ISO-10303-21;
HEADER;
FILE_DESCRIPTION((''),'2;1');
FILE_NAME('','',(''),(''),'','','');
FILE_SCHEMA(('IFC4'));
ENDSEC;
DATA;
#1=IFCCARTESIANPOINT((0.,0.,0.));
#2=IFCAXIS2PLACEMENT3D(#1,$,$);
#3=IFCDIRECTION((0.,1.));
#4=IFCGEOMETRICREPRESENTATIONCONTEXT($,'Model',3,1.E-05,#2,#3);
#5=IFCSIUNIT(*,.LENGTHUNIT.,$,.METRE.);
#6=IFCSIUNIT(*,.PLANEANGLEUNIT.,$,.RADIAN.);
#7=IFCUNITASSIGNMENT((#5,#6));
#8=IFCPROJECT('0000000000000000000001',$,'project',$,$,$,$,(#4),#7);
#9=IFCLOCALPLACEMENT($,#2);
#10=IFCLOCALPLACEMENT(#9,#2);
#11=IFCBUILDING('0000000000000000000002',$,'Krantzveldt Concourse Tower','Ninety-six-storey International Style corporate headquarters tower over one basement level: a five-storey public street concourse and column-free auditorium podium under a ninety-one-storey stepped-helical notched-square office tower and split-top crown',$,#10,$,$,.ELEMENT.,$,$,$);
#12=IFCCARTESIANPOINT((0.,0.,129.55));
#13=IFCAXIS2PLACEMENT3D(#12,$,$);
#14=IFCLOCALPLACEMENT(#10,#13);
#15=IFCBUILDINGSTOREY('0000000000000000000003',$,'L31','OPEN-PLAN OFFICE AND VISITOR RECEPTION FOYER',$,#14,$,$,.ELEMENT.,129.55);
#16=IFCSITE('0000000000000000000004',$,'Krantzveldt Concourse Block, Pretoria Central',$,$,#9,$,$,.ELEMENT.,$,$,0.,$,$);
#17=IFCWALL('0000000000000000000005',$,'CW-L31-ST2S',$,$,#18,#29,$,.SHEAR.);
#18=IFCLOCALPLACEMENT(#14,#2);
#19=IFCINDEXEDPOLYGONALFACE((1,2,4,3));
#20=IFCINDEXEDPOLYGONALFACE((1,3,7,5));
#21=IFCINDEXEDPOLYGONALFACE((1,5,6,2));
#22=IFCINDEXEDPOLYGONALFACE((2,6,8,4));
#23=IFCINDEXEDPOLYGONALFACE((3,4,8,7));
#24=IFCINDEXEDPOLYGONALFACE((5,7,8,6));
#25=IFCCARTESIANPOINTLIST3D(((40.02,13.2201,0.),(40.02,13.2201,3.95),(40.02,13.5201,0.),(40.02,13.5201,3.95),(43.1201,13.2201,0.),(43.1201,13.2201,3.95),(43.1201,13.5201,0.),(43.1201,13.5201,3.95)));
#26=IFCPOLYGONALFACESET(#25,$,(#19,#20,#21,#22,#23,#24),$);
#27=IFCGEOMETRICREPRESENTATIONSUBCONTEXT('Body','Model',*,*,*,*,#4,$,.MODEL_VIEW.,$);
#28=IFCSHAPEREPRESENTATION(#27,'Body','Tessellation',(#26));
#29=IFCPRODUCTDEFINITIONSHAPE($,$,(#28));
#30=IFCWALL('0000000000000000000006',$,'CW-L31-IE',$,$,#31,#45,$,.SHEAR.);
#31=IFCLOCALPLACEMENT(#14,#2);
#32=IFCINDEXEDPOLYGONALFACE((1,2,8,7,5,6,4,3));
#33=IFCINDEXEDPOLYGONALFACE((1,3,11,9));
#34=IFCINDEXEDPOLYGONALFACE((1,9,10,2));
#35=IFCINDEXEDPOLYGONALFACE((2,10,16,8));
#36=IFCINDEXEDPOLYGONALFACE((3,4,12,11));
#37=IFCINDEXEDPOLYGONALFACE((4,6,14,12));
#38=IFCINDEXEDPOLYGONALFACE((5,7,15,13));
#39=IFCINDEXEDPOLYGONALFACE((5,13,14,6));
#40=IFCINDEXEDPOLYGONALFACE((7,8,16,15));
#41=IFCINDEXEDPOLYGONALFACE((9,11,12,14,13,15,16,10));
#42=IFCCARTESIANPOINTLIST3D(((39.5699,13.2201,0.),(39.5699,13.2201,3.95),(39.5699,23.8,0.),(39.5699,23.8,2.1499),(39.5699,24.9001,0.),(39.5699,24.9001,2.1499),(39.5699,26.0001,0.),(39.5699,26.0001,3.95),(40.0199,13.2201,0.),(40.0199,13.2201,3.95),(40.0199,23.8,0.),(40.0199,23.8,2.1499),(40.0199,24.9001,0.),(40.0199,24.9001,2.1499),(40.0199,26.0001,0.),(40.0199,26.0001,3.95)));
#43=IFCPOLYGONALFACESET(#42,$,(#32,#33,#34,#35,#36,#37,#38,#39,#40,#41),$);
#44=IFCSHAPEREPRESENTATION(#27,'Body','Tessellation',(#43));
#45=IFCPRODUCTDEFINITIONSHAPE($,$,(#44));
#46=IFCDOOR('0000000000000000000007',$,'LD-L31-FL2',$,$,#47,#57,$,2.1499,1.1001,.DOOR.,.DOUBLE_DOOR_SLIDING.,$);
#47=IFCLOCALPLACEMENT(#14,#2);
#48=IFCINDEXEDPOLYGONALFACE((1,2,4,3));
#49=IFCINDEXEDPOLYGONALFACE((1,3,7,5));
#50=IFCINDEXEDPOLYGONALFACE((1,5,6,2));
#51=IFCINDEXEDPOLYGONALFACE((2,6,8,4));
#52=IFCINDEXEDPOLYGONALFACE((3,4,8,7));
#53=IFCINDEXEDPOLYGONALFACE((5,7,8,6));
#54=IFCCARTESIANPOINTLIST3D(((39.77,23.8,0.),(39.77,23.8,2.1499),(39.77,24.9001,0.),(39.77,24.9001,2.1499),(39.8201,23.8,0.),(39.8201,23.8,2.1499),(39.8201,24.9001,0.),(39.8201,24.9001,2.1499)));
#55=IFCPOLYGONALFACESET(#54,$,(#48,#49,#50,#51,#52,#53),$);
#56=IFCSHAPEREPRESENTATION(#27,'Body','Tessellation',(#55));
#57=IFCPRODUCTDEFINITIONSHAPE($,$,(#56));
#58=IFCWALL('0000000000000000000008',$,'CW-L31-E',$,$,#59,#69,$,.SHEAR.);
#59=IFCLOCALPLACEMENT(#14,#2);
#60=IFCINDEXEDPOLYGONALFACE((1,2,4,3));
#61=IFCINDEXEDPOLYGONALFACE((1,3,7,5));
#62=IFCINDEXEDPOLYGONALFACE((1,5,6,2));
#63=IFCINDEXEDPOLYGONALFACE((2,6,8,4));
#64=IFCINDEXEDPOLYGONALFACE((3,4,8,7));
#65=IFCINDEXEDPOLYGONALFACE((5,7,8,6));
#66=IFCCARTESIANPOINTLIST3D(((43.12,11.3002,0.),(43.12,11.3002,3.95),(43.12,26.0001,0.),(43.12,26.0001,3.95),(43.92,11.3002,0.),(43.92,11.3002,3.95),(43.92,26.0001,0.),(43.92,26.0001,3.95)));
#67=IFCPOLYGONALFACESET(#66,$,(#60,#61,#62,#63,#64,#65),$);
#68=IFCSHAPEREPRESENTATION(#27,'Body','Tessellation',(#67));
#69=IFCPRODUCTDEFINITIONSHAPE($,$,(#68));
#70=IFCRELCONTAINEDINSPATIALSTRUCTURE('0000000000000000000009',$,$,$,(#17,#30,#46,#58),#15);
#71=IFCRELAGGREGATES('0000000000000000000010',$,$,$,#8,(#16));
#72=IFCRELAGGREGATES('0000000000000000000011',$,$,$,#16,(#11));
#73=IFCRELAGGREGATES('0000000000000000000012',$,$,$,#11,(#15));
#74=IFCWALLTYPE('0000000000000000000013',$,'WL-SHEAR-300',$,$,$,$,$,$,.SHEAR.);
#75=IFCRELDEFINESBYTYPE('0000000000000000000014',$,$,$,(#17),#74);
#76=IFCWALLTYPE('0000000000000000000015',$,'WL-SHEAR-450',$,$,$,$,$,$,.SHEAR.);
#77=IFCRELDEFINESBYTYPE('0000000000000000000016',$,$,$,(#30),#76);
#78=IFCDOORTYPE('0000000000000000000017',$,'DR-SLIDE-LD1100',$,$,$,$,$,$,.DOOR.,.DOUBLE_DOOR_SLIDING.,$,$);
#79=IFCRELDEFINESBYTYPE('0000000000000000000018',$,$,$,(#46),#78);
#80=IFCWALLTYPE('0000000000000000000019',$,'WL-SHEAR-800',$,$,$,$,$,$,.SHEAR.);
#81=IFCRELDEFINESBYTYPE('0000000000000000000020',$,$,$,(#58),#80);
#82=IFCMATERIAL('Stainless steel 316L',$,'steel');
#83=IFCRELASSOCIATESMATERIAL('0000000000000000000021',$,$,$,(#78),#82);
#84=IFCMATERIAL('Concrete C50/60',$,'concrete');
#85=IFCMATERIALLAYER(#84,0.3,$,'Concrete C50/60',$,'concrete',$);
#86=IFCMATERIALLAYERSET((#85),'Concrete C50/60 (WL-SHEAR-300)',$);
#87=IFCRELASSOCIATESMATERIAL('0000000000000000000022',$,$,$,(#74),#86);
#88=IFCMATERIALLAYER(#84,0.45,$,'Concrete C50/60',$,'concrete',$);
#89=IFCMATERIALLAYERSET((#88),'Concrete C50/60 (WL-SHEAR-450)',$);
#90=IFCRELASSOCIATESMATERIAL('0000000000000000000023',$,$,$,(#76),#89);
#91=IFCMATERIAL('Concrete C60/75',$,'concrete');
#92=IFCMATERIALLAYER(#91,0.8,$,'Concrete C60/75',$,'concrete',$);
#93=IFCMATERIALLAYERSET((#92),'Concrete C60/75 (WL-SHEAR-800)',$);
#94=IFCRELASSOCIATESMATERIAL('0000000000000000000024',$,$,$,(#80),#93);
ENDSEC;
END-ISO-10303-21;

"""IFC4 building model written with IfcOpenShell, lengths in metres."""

from ifc_helpers import new_model, si_unit, direction, frame, frame_2d, origin, place, context, subcontext, project, spatial, rectangle, extrude, material, layer, layer_set, type_object, element, fill, save


model = new_model("IFC4")

# Units and contexts
model_context = context("Model", 3, precision=1e-05, world=origin(), true_north=direction((0.0, 1.0)))
body_context = subcontext(model_context, "Body", "Model", "MODEL_VIEW")
ifc_project = project(units=[si_unit("LENGTHUNIT", "METRE"), si_unit("PLANEANGLEUNIT", "RADIAN")], contexts=[model_context])

# Site, building, storey
site_placement = place(None, origin())
site = spatial("IfcSite", under=ifc_project, at=site_placement, Name="Krantzveldt Concourse Block, Pretoria Central", CompositionType="ELEMENT", RefElevation=0.0)
building_placement = place(site_placement, origin())
building = spatial("IfcBuilding", under=site, at=building_placement, Name="Krantzveldt Concourse Tower", Description="Ninety-six-storey International Style corporate headquarters tower over one basement level: a five-storey public street concourse and column-free auditorium podium under a ninety-one-storey stepped-helical notched-square office tower and split-top crown", CompositionType="ELEMENT")
storey_placement = place(building_placement, frame((0.0, 0.0, 129.55)))
storey = spatial("IfcBuildingStorey", under=building, at=storey_placement, Name="L31", Description="OPEN-PLAN OFFICE AND VISITOR RECEPTION FOYER", CompositionType="ELEMENT", Elevation=129.55)

# Shared definitions
ifc_material_1 = material(Name="Stainless steel 316L", Category="steel")
door_type_1 = type_object("IfcDoorType", Name="DR-SLIDE-LD1100", OperationType="DOUBLE_DOOR_SLIDING", PredefinedType="DOOR", material=ifc_material_1)

# Wall
ifc_material_2 = material(Name="Concrete C50/60", Category="concrete")
ifc_layer_1 = layer(ifc_material_2, 0.3, Name="Concrete C50/60", Category="concrete")
ifc_layer_set_1 = layer_set([ifc_layer_1], Name="Concrete C50/60 (WL-SHEAR-300)")
wall_type_1 = type_object("IfcWallType", Name="WL-SHEAR-300", PredefinedType="SHEAR", material=ifc_layer_set_1)
wall_1_placement = place(storey_placement, frame((40.02, 13.3701, 0.0), z_axis=(0.0, 0.0, 1.0), x_axis=(1.0, 0.0, 0.0)))
element("IfcWall", 1, at=wall_1_placement, inside=storey, type_object=wall_type_1, Name="CW-L31-ST2S", PredefinedType="SHEAR", context=body_context, shape_type="SweptSolid", body=[
    extrude(rectangle(XDim=3.1001, YDim=0.3, at=frame_2d((1.55, 0.0))), origin(), (0.0, 0.0, 1.0), 3.95),
])

# Wall, opening, door
ifc_layer_2 = layer(ifc_material_2, 0.45, Name="Concrete C50/60", Category="concrete")
ifc_layer_set_2 = layer_set([ifc_layer_2], Name="Concrete C50/60 (WL-SHEAR-450)")
wall_type_2 = type_object("IfcWallType", Name="WL-SHEAR-450", PredefinedType="SHEAR", material=ifc_layer_set_2)
wall_2_placement = place(storey_placement, frame((39.7949, 13.22, 0.0), z_axis=(0.0, 0.0, 1.0), x_axis=(0.0, 1.0, 0.0)))
wall_2 = element("IfcWall", 2, at=wall_2_placement, inside=storey, type_object=wall_type_2, Name="CW-L31-IE", PredefinedType="SHEAR", context=body_context, shape_type="SweptSolid", body=[
    extrude(rectangle(XDim=12.78, YDim=0.45, at=frame_2d((6.3901, 0.0))), origin(), (0.0, 0.0, 1.0), 3.95),
])
opening_1_placement = place(wall_2_placement, frame((10.5801, 0.0, 0.0)))
opening_1 = element("IfcOpeningElement", 3, at=opening_1_placement, cuts=wall_2, PredefinedType="OPENING", context=body_context, shape_type="SweptSolid", body=[
    extrude(rectangle(XDim=1.1001, YDim=2.1499, at=frame_2d((0.55, 1.075))), frame((0.0, 0.2349, 0.0), z_axis=(0.0, -1.0, 0.0), x_axis=(1.0, 0.0, 0.0)), (0.0, 0.0, 1.0), 0.47),
])
door_1_placement = place(opening_1_placement, origin())
door_1 = element("IfcDoor", 4, at=door_1_placement, inside=storey, type_object=door_type_1, Name="LD-L31-FL2", OperationType="DOUBLE_DOOR_SLIDING", OverallHeight=2.1499, OverallWidth=1.1001, PredefinedType="DOOR", context=body_context, shape_type="SweptSolid", body=[
    extrude(rectangle(XDim=1.1001, YDim=2.1499, at=frame_2d((0.55, 1.075))), frame((0.0, 0.0249, 0.0), z_axis=(0.0, -1.0, 0.0), x_axis=(1.0, 0.0, 0.0)), (0.0, 0.0, 1.0), 0.05),
])
fill(opening_1, door_1)

# Wall
ifc_material_3 = material(Name="Concrete C60/75", Category="concrete")
ifc_layer_3 = layer(ifc_material_3, 0.8, Name="Concrete C60/75", Category="concrete")
ifc_layer_set_3 = layer_set([ifc_layer_3], Name="Concrete C60/75 (WL-SHEAR-800)")
wall_type_3 = type_object("IfcWallType", Name="WL-SHEAR-800", PredefinedType="SHEAR", material=ifc_layer_set_3)
wall_3_placement = place(storey_placement, frame((43.52, 11.3, 0.0), z_axis=(0.0, 0.0, 1.0), x_axis=(0.0, 1.0, 0.0)))
element("IfcWall", 5, at=wall_3_placement, inside=storey, type_object=wall_type_3, Name="CW-L31-E", PredefinedType="SHEAR", context=body_context, shape_type="SweptSolid", body=[
    extrude(rectangle(XDim=14.7, YDim=0.8, at=frame_2d((7.3501, 0.0))), origin(), (0.0, 0.0, 1.0), 3.95),
])

save(model, "model.ifc")
